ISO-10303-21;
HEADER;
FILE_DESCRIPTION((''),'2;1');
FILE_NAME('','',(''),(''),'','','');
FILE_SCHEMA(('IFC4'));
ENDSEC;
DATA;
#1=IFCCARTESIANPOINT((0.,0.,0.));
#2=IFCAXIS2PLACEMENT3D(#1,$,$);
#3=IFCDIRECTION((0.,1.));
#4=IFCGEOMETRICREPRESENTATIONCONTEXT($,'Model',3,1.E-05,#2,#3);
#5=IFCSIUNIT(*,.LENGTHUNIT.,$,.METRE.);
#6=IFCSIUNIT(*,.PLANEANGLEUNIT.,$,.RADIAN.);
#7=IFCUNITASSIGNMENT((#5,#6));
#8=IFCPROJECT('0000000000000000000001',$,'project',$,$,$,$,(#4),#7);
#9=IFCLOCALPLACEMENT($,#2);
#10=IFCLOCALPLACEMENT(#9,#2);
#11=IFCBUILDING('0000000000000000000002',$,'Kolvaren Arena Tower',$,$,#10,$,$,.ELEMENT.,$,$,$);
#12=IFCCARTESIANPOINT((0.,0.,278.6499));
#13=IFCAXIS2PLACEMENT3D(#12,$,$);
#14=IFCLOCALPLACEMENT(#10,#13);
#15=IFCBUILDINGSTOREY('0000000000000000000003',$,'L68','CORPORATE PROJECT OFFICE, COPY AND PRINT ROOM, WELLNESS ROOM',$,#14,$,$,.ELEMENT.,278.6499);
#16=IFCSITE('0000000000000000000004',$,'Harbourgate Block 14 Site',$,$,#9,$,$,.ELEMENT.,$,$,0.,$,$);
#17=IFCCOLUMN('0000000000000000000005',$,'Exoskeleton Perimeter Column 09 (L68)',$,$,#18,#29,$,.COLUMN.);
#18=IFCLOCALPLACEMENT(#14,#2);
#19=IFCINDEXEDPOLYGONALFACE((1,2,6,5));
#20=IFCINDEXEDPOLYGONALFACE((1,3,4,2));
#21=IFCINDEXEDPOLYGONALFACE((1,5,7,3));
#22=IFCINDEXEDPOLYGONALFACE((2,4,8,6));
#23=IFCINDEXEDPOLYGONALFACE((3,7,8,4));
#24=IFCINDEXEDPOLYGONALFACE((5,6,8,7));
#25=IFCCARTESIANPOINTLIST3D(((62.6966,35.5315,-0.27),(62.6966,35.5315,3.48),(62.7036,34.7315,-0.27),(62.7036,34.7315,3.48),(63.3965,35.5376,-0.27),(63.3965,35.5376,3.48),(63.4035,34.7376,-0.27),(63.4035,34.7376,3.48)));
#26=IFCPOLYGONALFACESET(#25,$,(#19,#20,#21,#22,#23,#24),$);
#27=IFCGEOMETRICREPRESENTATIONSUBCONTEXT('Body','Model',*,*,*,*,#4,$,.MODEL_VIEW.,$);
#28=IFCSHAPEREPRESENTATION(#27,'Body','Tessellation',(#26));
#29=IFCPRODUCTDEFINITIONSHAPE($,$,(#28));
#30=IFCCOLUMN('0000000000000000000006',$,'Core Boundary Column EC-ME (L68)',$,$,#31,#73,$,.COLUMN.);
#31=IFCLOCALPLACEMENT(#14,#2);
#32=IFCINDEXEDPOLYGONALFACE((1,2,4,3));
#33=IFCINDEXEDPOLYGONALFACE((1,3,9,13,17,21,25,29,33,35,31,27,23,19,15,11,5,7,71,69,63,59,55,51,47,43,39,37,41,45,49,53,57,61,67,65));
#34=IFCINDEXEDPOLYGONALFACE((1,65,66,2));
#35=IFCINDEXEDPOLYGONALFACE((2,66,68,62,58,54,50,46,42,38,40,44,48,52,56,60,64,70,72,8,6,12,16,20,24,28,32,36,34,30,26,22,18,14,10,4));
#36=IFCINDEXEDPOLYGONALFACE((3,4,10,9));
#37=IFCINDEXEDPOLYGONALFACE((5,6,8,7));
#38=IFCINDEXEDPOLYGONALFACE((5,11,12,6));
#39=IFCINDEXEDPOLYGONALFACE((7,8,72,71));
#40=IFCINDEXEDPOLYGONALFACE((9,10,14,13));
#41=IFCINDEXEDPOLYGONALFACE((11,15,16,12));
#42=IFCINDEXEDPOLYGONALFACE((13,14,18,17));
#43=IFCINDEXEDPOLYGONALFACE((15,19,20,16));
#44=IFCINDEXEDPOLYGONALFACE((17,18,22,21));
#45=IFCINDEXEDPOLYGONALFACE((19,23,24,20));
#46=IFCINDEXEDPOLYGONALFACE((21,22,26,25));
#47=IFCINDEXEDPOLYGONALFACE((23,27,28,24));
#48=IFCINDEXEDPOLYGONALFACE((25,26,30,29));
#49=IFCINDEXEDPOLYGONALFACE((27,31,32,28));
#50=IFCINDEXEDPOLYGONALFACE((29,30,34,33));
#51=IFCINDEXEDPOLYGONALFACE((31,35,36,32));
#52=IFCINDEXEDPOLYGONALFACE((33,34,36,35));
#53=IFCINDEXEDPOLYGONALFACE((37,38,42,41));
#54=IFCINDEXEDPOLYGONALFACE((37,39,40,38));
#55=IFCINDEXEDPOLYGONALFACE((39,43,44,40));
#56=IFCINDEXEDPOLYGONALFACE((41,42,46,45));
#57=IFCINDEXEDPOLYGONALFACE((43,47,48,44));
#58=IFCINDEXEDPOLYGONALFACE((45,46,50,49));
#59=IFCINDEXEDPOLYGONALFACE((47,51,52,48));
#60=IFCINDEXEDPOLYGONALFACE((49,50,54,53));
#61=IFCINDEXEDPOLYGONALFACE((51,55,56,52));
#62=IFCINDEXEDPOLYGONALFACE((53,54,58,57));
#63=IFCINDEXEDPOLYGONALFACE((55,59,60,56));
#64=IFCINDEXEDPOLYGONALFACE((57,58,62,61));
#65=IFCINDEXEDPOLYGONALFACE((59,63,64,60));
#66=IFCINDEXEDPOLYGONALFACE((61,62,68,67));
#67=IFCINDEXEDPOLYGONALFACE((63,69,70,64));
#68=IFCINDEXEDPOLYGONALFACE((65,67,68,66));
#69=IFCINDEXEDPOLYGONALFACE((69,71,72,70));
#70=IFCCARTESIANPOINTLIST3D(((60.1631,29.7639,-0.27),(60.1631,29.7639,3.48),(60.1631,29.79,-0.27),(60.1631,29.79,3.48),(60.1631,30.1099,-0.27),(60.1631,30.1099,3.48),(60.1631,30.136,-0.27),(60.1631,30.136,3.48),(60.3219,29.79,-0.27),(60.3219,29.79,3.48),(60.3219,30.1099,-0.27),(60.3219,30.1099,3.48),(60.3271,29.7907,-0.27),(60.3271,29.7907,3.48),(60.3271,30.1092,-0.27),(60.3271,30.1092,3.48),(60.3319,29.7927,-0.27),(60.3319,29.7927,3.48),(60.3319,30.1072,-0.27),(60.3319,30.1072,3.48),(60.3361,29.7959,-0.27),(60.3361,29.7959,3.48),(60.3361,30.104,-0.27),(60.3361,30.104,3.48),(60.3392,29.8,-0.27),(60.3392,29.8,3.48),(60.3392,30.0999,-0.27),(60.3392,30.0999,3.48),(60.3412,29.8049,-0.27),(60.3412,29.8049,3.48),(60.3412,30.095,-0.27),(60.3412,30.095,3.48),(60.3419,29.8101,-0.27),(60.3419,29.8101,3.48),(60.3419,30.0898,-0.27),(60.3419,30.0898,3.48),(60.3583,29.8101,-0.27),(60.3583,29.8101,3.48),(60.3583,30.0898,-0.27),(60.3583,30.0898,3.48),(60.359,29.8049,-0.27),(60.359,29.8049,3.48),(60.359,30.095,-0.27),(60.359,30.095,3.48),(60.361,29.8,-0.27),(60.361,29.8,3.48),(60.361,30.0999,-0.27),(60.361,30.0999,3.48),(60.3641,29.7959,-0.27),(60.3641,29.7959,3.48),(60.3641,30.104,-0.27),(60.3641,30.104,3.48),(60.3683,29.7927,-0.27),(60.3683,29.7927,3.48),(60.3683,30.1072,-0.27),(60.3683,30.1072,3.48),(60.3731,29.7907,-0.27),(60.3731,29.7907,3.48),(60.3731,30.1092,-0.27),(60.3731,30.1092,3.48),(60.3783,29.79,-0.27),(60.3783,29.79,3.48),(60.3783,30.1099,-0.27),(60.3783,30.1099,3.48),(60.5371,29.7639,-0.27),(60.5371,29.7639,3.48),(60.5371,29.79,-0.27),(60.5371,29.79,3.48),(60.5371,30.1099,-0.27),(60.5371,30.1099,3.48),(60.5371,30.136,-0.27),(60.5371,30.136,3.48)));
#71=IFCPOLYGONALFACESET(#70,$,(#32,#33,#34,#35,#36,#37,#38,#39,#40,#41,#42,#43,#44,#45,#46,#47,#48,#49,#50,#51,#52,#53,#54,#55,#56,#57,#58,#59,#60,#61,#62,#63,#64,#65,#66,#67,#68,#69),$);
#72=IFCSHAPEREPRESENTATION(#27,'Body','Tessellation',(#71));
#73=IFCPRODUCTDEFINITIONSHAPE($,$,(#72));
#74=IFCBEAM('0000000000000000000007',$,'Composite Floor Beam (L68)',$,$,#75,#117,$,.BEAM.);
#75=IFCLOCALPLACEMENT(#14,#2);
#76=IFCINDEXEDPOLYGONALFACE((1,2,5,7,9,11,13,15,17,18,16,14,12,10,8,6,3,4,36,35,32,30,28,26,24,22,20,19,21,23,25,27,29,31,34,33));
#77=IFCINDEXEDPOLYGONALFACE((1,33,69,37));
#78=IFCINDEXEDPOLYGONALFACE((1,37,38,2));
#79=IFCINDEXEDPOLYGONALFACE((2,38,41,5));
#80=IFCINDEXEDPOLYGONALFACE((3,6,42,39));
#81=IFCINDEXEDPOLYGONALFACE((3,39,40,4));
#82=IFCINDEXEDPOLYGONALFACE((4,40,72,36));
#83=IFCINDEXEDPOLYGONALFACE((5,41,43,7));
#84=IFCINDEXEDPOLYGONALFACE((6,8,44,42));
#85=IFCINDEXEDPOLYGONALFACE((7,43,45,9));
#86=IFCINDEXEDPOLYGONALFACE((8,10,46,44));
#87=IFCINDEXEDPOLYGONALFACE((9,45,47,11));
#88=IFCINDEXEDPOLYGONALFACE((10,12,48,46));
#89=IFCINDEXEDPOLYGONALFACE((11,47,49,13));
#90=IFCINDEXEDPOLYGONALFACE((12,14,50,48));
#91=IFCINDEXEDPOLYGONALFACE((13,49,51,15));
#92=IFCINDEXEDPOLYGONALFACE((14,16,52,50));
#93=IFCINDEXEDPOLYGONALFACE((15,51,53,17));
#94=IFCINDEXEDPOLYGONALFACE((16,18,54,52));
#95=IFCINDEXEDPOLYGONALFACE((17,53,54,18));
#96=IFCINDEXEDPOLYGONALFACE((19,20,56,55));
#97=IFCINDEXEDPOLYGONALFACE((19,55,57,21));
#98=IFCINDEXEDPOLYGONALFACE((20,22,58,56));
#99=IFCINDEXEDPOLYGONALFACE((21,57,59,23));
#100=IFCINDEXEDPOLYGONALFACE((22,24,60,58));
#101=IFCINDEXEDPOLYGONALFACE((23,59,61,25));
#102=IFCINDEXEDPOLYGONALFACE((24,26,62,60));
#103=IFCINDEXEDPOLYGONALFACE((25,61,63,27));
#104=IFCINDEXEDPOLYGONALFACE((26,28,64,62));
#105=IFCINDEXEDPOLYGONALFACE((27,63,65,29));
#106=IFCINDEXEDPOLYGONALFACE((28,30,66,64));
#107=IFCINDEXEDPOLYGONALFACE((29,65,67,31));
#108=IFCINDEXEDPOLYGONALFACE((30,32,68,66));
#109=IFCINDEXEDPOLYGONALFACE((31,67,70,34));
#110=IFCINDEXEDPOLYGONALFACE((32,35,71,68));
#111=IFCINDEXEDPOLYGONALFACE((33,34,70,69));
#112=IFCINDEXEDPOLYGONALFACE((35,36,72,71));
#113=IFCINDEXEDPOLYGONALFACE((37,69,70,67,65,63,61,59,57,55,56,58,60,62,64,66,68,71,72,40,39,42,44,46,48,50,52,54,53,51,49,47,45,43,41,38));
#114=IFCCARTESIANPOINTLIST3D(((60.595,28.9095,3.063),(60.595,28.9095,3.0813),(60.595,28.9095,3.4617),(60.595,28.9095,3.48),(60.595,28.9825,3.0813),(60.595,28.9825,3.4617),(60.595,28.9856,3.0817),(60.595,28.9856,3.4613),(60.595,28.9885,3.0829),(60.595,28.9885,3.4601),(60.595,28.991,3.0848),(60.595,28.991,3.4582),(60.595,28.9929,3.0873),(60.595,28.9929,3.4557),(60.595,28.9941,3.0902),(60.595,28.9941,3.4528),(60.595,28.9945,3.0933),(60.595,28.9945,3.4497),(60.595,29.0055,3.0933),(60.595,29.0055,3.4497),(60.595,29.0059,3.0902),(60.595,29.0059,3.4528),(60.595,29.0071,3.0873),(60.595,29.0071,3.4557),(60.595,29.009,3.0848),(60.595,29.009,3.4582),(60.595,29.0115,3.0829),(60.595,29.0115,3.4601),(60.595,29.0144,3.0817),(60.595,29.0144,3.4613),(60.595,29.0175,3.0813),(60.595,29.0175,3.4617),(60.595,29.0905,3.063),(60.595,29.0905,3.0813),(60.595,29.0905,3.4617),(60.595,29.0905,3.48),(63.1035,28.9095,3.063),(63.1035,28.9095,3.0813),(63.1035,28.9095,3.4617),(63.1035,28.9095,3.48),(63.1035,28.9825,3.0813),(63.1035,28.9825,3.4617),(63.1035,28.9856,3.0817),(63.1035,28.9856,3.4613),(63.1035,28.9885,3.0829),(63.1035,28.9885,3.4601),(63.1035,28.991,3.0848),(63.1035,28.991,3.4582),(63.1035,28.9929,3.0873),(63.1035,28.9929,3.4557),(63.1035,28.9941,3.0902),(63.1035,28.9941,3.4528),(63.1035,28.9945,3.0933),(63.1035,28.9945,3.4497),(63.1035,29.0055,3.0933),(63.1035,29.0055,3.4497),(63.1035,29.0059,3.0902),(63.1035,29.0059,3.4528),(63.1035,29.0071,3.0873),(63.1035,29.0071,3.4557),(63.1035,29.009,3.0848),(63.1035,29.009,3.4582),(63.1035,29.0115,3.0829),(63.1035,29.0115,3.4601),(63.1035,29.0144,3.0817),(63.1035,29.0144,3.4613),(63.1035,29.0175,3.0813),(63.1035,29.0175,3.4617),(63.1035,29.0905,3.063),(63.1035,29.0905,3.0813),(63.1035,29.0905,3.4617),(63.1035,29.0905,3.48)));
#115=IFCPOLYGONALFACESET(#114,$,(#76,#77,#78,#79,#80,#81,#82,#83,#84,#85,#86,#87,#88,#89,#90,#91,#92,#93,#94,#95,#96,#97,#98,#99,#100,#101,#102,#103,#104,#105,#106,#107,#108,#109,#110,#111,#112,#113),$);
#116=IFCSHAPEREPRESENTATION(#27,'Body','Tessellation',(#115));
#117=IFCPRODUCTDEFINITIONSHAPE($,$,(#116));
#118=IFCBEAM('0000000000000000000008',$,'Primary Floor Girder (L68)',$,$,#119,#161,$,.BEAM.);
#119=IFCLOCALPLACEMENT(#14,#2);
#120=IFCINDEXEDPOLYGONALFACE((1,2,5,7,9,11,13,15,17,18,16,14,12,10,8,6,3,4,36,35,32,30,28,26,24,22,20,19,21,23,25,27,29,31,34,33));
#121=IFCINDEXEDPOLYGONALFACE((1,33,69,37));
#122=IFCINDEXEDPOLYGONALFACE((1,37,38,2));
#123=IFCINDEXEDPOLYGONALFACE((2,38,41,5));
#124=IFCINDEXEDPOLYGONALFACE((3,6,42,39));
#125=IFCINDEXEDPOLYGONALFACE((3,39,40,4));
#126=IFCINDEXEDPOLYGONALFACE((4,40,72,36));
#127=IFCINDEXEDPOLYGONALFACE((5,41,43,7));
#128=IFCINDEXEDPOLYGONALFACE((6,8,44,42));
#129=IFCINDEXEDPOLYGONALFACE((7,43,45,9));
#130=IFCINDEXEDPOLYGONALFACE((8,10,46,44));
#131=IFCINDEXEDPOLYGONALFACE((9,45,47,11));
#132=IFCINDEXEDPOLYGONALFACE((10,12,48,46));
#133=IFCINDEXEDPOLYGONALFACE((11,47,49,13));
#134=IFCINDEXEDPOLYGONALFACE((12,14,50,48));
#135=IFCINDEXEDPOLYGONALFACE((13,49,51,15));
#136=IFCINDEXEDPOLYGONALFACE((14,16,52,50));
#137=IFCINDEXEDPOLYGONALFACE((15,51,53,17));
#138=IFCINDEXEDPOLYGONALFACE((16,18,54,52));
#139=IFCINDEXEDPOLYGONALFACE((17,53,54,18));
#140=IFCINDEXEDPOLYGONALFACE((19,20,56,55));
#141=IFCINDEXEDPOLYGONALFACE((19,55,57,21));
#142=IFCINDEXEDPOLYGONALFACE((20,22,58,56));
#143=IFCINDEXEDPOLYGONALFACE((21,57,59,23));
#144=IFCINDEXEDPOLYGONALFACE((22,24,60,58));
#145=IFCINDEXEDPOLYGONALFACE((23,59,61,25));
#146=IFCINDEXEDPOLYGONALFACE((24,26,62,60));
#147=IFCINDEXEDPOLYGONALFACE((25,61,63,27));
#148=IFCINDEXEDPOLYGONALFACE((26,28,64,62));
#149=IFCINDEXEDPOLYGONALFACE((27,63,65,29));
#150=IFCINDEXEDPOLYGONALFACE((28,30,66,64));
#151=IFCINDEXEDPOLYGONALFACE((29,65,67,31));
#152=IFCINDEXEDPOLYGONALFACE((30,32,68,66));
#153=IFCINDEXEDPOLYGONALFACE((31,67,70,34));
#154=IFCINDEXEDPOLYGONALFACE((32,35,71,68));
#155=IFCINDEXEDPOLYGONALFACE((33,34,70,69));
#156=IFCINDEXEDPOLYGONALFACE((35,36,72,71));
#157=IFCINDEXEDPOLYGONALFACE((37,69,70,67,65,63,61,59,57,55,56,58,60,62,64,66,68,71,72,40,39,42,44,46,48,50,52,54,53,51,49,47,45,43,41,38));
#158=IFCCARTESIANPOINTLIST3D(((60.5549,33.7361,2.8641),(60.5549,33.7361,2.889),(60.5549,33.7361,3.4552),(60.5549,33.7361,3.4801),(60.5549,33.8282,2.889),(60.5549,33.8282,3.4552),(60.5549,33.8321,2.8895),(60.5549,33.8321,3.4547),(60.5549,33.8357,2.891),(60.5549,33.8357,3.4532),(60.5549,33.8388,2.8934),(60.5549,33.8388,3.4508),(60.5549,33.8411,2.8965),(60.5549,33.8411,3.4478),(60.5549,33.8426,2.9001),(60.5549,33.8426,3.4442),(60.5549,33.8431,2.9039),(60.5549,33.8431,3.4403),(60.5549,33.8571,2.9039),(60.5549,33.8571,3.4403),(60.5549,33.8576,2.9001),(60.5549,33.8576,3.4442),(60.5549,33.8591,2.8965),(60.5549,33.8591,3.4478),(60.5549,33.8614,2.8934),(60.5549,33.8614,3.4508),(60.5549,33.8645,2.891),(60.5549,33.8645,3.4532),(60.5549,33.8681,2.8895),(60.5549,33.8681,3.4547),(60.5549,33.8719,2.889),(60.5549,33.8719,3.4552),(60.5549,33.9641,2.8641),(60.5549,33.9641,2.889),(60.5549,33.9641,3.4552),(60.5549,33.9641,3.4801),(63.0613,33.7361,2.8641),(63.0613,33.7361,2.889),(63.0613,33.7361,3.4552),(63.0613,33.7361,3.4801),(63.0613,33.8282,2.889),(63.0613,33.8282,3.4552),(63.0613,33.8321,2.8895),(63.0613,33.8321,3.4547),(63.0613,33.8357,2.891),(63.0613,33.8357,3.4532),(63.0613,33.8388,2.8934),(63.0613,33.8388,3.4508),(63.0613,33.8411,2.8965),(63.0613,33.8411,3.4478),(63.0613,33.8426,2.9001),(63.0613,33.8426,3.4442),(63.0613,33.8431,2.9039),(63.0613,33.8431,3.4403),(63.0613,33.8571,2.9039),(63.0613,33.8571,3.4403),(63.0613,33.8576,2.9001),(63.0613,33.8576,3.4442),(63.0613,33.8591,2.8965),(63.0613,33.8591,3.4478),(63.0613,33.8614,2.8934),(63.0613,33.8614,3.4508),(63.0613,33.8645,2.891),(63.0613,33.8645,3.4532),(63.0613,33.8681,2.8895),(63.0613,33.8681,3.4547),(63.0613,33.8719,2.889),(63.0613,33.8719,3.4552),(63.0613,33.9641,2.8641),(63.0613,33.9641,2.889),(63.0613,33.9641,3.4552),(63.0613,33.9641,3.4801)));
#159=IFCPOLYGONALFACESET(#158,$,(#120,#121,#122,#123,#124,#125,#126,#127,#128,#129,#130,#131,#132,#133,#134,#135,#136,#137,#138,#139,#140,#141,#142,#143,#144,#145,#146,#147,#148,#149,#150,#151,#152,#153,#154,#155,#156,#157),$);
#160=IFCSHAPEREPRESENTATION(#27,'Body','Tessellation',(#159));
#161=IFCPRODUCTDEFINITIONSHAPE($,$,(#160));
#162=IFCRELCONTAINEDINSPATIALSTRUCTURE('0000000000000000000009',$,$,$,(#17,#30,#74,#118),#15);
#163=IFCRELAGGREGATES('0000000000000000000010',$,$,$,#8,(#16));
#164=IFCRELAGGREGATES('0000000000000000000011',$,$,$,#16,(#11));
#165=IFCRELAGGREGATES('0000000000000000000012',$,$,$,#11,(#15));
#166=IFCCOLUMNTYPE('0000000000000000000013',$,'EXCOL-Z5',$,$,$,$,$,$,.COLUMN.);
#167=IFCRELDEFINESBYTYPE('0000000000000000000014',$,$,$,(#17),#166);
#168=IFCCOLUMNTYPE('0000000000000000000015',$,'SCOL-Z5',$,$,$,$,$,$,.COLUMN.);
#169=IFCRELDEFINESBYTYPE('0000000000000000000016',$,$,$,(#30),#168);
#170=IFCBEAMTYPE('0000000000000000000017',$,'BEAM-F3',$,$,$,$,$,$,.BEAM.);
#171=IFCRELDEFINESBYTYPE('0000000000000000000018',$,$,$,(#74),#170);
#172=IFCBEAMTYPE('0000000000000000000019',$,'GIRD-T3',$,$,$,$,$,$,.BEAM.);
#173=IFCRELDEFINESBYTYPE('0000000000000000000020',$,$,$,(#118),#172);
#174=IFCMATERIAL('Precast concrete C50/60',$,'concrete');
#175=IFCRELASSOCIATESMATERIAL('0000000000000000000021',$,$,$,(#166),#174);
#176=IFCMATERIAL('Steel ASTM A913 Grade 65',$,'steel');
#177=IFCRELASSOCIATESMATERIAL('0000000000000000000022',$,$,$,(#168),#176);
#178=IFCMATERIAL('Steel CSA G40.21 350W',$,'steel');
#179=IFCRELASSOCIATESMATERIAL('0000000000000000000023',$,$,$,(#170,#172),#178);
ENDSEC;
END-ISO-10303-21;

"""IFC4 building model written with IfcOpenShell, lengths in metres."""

from ifc_helpers import new_model, si_unit, direction, frame, origin, origin_2d, place, context, subcontext, project, spatial, rectangle, i_section, extrude, material, material_profile, profile_set, type_object, element, save


model = new_model("IFC4")

# Units and contexts
model_context = context("Model", 3, precision=1e-05, world=origin(), true_north=direction((0.0, 1.0)))
body_context = subcontext(model_context, "Body", "Model", "MODEL_VIEW")
ifc_project = project(units=[si_unit("LENGTHUNIT", "METRE"), si_unit("PLANEANGLEUNIT", "RADIAN")], contexts=[model_context])

# Site, building, storey
site_placement = place(None, origin())
site = spatial("IfcSite", under=ifc_project, at=site_placement, Name="Harbourgate Block 14 Site", CompositionType="ELEMENT", RefElevation=0.0)
building_placement = place(site_placement, origin())
building = spatial("IfcBuilding", under=site, at=building_placement, Name="Kolvaren Arena Tower", CompositionType="ELEMENT")
storey_placement = place(building_placement, frame((0.0, 0.0, 278.6499)))
storey = spatial("IfcBuildingStorey", under=building, at=storey_placement, Name="L68", Description="CORPORATE PROJECT OFFICE, COPY AND PRINT ROOM, WELLNESS ROOM", CompositionType="ELEMENT", Elevation=278.6499)

# Columns
ifc_material_1 = material(Name="Precast concrete C50/60", Category="concrete")
ifc_material_profile_1 = material_profile(ifc_material_1, rectangle(XDim=0.8, YDim=0.7, at=origin_2d()), Name="RC-800x700")
ifc_profile_set_1 = profile_set([ifc_material_profile_1], Name="Precast concrete C50/60")
column_type_1 = type_object("IfcColumnType", Name="EXCOL-Z5", PredefinedType="COLUMN", material=ifc_profile_set_1)
column_1_placement = place(storey_placement, frame((63.05, 35.1345, -0.27), z_axis=(0.0, 0.0, 1.0), x_axis=(-0.008727, 0.999962, 0.0)))
element("IfcColumn", 1, at=column_1_placement, inside=storey, type_object=column_type_1, Name="Exoskeleton Perimeter Column 09 (L68)", PredefinedType="COLUMN", context=body_context, shape_type="SweptSolid", body=[
    extrude(rectangle(XDim=0.8, YDim=0.7, at=origin_2d()), origin(), (0.0, 0.0, 1.0), 3.75),
])
ifc_material_2 = material(Name="Steel ASTM A913 Grade 65", Category="steel")
ifc_material_profile_2 = material_profile(ifc_material_2, i_section(OverallWidth=0.374, OverallDepth=0.3721, WebThickness=0.0164, FlangeThickness=0.0261, FilletRadius=0.02, at=origin_2d()), Name="W360x196")
ifc_profile_set_2 = profile_set([ifc_material_profile_2], Name="Steel ASTM A913 Grade 65")
column_type_2 = type_object("IfcColumnType", Name="SCOL-Z5", PredefinedType="COLUMN", material=ifc_profile_set_2)
column_2_placement = place(storey_placement, frame((60.3501, 29.95, -0.27), z_axis=(0.0, 0.0, 1.0), x_axis=(1.0, 0.0, 0.0)))
element("IfcColumn", 2, at=column_2_placement, inside=storey, type_object=column_type_2, Name="Core Boundary Column EC-ME (L68)", PredefinedType="COLUMN", context=body_context, shape_type="SweptSolid", body=[
    extrude(i_section(OverallWidth=0.374, OverallDepth=0.3721, WebThickness=0.0164, FlangeThickness=0.0261, FilletRadius=0.02, at=origin_2d()), origin(), (0.0, 0.0, 1.0), 3.75),
])

# Beams
ifc_material_3 = material(Name="Steel CSA G40.21 350W", Category="steel")
ifc_material_profile_3 = material_profile(ifc_material_3, i_section(OverallWidth=0.1809, OverallDepth=0.417, WebThickness=0.011, FlangeThickness=0.0183, FilletRadius=0.012, at=origin_2d()), Name="W410x85")
ifc_profile_set_3 = profile_set([ifc_material_profile_3], Name="Steel CSA G40.21 350W")
beam_type_1 = type_object("IfcBeamType", Name="BEAM-F3", PredefinedType="BEAM", material=ifc_profile_set_3)
beam_1_placement = place(storey_placement, frame((60.595, 29.0, 3.2715), z_axis=(1.0, 0.0, 0.0), x_axis=(0.0, 1.0, 0.0)))
element("IfcBeam", 3, at=beam_1_placement, inside=storey, type_object=beam_type_1, Name="Composite Floor Beam (L68)", PredefinedType="BEAM", context=body_context, shape_type="SweptSolid", body=[
    extrude(i_section(OverallWidth=0.1809, OverallDepth=0.417, WebThickness=0.011, FlangeThickness=0.0183, FilletRadius=0.012, at=origin_2d()), origin(), (0.0, 0.0, 1.0), 2.5085),
])
ifc_material_profile_4 = material_profile(ifc_material_3, i_section(OverallWidth=0.228, OverallDepth=0.616, WebThickness=0.0139, FlangeThickness=0.0249, FilletRadius=0.0149, at=origin_2d()), Name="W610x174")
ifc_profile_set_4 = profile_set([ifc_material_profile_4], Name="Steel CSA G40.21 350W")
beam_type_2 = type_object("IfcBeamType", Name="GIRD-T3", PredefinedType="BEAM", material=ifc_profile_set_4)
beam_2_placement = place(storey_placement, frame((60.5549, 33.8501, 3.1721), z_axis=(1.0, 0.0, 0.0), x_axis=(0.0, 1.0, 0.0)))
element("IfcBeam", 4, at=beam_2_placement, inside=storey, type_object=beam_type_2, Name="Primary Floor Girder (L68)", PredefinedType="BEAM", context=body_context, shape_type="SweptSolid", body=[
    extrude(i_section(OverallWidth=0.228, OverallDepth=0.616, WebThickness=0.0139, FlangeThickness=0.0249, FilletRadius=0.0149, at=origin_2d()), origin(), (0.0, 0.0, 1.0), 2.5063),
])

save(model, "model.ifc")
